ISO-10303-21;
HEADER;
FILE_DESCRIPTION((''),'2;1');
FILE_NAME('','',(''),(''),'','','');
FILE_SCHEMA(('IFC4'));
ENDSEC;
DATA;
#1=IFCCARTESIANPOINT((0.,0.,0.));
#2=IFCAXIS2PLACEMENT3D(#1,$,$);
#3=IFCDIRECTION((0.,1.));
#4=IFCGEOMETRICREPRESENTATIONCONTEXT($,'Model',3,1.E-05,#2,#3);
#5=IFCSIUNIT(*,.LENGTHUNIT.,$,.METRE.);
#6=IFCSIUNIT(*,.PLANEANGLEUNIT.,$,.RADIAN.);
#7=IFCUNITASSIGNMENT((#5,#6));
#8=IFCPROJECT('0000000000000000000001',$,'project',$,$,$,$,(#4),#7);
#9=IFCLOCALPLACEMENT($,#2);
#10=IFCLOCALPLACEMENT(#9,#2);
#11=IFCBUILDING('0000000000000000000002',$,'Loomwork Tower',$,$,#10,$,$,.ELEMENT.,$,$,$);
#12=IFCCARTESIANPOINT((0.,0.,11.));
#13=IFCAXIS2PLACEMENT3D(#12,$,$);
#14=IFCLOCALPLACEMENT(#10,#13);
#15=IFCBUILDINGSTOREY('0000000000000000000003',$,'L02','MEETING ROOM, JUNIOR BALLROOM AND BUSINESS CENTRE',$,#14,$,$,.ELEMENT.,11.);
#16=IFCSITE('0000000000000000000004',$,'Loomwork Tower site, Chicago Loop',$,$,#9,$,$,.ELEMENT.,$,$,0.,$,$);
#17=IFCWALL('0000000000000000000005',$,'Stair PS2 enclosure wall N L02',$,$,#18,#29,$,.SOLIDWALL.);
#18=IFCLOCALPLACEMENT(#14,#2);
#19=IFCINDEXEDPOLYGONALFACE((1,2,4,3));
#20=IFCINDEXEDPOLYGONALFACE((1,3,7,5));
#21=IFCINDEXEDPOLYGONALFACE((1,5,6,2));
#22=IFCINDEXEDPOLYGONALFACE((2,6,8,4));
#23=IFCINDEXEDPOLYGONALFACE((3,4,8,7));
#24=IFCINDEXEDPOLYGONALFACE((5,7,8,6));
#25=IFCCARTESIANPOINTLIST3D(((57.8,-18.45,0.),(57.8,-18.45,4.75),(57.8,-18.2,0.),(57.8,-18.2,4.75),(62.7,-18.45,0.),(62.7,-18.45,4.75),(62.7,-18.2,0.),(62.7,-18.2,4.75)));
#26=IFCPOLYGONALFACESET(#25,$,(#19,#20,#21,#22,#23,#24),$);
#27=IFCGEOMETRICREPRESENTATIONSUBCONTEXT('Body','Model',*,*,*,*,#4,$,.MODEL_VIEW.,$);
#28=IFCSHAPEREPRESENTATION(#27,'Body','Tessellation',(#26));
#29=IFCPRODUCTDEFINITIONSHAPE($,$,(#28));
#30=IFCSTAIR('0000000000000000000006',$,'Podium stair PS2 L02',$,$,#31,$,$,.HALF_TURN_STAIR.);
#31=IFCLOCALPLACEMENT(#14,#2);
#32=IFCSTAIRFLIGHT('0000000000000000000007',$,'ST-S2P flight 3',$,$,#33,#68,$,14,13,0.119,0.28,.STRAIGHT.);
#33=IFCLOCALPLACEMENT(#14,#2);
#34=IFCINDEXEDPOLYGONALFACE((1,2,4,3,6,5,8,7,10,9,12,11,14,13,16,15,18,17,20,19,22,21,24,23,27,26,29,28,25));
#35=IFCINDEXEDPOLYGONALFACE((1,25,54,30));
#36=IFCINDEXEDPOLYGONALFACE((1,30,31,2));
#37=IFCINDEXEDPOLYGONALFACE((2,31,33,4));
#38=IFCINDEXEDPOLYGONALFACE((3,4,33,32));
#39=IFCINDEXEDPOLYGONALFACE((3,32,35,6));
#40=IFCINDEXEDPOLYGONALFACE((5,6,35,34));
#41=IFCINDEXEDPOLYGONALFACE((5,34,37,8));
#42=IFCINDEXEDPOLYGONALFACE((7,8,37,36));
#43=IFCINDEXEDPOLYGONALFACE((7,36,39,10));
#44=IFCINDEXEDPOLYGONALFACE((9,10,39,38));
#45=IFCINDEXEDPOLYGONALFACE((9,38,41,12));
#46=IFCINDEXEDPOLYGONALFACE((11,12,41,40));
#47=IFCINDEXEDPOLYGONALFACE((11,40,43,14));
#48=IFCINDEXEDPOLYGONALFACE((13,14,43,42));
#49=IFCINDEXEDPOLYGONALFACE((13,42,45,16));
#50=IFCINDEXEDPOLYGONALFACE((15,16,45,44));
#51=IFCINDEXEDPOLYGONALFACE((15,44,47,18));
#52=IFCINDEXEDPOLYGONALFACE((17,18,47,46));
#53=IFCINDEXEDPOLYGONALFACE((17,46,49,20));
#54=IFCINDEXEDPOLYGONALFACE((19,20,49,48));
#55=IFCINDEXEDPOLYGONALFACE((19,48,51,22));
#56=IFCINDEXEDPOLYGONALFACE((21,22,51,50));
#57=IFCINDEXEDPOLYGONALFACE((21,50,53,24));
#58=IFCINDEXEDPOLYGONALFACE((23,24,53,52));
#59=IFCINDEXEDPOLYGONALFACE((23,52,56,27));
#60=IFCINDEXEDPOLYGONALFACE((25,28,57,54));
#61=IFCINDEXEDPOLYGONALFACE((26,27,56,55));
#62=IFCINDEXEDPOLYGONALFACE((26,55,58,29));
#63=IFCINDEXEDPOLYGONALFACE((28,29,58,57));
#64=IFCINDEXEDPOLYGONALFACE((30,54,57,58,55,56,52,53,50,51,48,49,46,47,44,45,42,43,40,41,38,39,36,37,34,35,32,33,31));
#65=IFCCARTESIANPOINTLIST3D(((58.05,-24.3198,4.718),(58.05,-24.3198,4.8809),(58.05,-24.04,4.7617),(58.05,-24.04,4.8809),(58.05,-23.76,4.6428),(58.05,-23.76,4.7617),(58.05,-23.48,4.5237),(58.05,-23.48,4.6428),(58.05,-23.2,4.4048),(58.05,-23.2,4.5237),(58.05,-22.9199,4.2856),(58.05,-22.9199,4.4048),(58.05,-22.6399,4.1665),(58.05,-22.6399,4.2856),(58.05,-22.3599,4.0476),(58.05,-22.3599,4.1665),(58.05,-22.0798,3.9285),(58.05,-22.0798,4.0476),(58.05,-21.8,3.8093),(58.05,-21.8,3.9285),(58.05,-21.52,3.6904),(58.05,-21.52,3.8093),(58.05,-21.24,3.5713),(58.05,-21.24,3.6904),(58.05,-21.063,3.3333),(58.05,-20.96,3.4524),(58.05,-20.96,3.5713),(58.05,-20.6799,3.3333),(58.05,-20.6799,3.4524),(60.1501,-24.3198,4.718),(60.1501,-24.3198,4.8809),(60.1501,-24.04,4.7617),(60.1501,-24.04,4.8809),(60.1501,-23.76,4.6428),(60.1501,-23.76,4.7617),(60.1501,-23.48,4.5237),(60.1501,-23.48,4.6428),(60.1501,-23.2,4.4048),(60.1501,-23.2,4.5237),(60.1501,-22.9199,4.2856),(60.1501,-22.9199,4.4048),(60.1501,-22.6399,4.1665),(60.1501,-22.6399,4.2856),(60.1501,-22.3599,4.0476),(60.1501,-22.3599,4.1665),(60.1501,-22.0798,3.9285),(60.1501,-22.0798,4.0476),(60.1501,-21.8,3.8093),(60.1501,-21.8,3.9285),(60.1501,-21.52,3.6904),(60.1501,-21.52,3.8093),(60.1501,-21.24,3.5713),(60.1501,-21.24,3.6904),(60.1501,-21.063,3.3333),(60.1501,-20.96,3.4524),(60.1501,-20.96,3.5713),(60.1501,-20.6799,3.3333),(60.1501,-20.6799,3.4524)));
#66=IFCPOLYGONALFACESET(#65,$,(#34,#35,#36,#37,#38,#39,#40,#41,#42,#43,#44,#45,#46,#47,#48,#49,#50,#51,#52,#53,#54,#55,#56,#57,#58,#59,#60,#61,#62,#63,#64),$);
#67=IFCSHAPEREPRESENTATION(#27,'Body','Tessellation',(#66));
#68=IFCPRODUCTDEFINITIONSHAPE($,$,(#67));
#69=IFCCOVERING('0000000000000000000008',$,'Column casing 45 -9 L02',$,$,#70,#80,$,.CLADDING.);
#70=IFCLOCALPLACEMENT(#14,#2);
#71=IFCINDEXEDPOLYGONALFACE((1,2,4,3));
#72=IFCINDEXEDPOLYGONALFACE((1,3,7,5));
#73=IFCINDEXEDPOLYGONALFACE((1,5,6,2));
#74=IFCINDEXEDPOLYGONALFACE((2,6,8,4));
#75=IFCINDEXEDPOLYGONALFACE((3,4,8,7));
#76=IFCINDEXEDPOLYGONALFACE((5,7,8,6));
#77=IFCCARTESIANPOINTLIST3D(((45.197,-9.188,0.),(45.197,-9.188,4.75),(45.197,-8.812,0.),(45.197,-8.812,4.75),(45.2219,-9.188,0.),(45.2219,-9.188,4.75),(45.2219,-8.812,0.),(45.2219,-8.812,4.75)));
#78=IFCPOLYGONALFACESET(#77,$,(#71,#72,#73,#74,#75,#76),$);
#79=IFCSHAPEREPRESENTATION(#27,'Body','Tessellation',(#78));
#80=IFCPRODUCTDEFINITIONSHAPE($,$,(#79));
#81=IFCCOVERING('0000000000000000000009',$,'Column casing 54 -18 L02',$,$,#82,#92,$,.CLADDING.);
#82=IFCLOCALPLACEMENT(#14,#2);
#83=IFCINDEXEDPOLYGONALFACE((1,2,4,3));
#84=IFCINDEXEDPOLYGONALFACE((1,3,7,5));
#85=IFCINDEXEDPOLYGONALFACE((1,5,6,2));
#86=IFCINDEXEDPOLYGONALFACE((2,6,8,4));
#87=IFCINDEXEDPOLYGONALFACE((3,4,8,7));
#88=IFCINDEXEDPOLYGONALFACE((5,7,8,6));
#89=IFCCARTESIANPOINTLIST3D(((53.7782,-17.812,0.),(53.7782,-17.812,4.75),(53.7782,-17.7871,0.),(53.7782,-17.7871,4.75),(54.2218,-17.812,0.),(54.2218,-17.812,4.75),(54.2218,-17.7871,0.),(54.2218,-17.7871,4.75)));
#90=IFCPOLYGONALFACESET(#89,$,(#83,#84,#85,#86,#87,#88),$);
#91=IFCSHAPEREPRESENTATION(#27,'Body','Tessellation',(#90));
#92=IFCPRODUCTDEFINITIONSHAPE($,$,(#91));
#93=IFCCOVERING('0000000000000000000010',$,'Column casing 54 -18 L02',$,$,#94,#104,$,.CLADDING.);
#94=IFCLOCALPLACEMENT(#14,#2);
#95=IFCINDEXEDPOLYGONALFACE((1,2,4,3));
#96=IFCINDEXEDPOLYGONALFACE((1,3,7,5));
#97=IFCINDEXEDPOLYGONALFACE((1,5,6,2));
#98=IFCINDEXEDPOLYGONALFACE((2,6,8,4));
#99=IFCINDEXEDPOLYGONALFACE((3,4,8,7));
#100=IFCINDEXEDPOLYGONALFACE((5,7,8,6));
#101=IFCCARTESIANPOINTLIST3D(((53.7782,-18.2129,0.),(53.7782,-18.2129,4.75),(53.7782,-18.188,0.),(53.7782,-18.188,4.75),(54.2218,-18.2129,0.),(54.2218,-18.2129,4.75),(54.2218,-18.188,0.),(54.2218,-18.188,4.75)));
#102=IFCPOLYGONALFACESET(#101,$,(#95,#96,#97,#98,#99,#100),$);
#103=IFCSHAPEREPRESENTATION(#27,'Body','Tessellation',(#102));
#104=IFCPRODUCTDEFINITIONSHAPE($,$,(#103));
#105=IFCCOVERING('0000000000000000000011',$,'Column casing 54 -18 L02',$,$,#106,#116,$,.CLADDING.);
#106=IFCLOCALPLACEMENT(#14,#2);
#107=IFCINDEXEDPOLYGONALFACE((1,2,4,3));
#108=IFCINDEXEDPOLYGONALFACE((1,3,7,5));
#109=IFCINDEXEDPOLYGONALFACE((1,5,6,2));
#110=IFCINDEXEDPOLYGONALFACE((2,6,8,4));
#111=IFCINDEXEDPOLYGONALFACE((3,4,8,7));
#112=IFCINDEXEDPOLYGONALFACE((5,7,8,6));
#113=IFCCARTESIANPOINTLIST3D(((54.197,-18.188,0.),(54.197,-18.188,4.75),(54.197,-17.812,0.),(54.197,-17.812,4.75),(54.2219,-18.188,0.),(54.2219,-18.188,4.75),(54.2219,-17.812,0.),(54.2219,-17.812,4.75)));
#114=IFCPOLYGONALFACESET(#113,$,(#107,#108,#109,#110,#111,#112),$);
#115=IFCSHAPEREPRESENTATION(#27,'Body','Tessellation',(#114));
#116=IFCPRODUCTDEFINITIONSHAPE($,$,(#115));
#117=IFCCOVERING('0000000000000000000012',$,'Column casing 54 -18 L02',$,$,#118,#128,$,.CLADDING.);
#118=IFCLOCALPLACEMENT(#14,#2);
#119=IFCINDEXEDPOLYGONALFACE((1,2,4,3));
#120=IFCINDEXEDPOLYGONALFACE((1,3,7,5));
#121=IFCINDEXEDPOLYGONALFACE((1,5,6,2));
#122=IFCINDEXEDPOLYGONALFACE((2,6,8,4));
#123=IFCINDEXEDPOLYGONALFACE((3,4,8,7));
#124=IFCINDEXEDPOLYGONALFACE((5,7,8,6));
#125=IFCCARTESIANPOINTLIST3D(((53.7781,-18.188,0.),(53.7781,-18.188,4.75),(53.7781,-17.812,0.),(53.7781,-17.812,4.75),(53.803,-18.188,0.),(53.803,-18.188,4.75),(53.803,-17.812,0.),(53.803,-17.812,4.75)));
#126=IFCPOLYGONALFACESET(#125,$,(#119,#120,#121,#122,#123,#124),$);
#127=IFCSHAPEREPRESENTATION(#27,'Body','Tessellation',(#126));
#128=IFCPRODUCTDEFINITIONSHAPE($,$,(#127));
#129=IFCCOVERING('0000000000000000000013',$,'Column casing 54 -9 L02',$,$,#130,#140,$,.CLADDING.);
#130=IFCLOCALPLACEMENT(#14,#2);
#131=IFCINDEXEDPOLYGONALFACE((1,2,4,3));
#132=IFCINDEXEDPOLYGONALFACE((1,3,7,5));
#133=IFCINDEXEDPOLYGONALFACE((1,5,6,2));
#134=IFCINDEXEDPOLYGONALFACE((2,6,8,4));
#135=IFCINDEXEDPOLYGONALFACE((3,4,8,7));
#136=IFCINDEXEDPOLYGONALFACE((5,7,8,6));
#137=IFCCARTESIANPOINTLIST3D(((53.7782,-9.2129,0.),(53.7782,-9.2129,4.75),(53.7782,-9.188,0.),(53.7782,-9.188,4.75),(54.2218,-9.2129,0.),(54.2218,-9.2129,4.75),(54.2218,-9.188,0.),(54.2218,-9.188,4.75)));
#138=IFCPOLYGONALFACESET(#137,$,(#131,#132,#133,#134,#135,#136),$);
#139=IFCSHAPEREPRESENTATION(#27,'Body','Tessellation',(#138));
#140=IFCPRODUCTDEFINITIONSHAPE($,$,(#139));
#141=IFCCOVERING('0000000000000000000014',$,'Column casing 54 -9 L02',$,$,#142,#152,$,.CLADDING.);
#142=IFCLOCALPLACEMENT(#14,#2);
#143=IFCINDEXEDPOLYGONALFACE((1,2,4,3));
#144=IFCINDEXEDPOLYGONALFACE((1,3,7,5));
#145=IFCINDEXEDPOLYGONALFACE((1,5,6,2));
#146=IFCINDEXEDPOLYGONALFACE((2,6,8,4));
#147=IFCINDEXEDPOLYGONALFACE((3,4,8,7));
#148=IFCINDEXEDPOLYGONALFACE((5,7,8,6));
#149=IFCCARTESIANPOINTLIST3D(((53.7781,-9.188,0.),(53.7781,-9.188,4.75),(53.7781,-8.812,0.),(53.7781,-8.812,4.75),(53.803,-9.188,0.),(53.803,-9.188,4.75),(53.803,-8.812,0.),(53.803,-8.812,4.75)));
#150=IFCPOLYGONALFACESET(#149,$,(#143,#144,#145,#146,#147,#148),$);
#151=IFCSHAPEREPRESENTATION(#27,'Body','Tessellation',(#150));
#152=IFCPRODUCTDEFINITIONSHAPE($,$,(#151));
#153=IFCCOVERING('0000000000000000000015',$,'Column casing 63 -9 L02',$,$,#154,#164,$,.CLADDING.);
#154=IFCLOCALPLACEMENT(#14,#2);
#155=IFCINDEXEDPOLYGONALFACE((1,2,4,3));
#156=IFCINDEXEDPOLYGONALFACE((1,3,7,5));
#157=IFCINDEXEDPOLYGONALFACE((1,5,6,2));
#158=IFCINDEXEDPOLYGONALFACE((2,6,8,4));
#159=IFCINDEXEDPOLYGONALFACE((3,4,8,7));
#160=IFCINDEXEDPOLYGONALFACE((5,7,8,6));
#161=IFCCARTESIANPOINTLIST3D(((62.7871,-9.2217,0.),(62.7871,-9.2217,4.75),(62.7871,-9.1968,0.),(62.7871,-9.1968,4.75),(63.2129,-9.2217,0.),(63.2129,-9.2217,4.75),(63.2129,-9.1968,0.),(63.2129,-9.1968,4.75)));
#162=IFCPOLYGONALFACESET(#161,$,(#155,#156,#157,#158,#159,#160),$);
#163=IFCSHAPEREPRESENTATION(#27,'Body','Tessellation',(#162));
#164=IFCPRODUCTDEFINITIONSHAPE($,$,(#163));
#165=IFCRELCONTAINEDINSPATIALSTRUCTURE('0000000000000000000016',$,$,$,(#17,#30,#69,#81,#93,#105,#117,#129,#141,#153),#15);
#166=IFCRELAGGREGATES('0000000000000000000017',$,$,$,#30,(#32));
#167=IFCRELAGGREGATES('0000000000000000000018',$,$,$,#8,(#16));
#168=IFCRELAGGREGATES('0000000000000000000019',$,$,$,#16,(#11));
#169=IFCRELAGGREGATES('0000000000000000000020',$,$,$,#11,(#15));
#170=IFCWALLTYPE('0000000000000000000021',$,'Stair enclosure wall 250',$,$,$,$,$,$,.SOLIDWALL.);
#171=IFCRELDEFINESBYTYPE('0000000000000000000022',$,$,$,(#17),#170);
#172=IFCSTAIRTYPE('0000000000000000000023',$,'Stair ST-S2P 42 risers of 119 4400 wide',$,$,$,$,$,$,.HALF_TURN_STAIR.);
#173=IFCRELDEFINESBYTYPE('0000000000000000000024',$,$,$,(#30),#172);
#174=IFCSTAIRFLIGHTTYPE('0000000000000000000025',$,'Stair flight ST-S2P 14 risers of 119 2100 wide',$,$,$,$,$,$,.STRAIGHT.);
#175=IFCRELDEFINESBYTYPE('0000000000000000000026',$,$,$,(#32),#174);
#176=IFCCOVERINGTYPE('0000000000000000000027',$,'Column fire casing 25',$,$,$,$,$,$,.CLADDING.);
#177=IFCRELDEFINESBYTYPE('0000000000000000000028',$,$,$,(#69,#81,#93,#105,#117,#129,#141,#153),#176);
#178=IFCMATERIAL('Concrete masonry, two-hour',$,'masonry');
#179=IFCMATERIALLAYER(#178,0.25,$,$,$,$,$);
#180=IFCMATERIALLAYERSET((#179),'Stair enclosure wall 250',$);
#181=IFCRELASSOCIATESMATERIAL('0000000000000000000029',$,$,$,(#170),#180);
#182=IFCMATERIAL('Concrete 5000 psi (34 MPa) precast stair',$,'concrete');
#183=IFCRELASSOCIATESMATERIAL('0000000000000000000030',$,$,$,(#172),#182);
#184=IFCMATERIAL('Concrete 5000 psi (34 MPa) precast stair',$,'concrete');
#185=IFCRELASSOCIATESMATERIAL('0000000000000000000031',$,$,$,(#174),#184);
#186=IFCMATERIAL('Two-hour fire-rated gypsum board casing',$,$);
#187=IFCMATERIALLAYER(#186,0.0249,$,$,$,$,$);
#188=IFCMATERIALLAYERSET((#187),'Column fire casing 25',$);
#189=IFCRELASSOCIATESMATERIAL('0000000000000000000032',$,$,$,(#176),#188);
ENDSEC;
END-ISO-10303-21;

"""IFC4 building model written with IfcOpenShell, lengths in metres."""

from ifc_helpers import new_model, si_unit, direction, frame, frame_2d, origin, origin_2d, place, context, subcontext, project, spatial, polyline, rectangle, outline, extrude, material, layer, layer_set, type_object, element, aggregate, save


model = new_model("IFC4")

# Units and contexts
model_context = context("Model", 3, precision=1e-05, world=origin(), true_north=direction((0.0, 1.0)))
body_context = subcontext(model_context, "Body", "Model", "MODEL_VIEW")
ifc_project = project(units=[si_unit("LENGTHUNIT", "METRE"), si_unit("PLANEANGLEUNIT", "RADIAN")], contexts=[model_context])

# Site, building, storey
site_placement = place(None, origin())
site = spatial("IfcSite", under=ifc_project, at=site_placement, Name="Loomwork Tower site, Chicago Loop", CompositionType="ELEMENT", RefElevation=0.0)
building_placement = place(site_placement, origin())
building = spatial("IfcBuilding", under=site, at=building_placement, Name="Loomwork Tower", CompositionType="ELEMENT")
storey_placement = place(building_placement, frame((0.0, 0.0, 11.0)))
storey = spatial("IfcBuildingStorey", under=building, at=storey_placement, Name="L02", Description="MEETING ROOM, JUNIOR BALLROOM AND BUSINESS CENTRE", CompositionType="ELEMENT", Elevation=11.0)

# Wall
ifc_material_1 = material(Name="Concrete masonry, two-hour", Category="masonry")
ifc_layer_1 = layer(ifc_material_1, 0.25)
ifc_layer_set_1 = layer_set([ifc_layer_1], Name="Stair enclosure wall 250")
wall_type_1 = type_object("IfcWallType", Name="Stair enclosure wall 250", PredefinedType="SOLIDWALL", material=ifc_layer_set_1)
wall_1_placement = place(storey_placement, frame((57.8, -18.325, 0.0), z_axis=(0.0, 0.0, 1.0), x_axis=(1.0, 0.0, 0.0)))
element("IfcWall", 1, at=wall_1_placement, inside=storey, type_object=wall_type_1, Name="Stair PS2 enclosure wall N L02", PredefinedType="SOLIDWALL", context=body_context, shape_type="SweptSolid", body=[
    extrude(rectangle(XDim=4.8999, YDim=0.25, at=frame_2d((2.45, 0.0))), origin(), (0.0, 0.0, 1.0), 4.75),
])

# Stair, stair flight
ifc_material_2 = material(Name="Concrete 5000 psi (34 MPa) precast stair", Category="concrete")
stair_type = type_object("IfcStairType", Name="Stair ST-S2P 42 risers of 119 4400 wide", PredefinedType="HALF_TURN_STAIR", material=ifc_material_2)
stair_placement = place(storey_placement, origin())
stair = element("IfcStair", 2, at=stair_placement, inside=storey, type_object=stair_type, Name="Podium stair PS2 L02", PredefinedType="HALF_TURN_STAIR")
ifc_material_3 = material(Name="Concrete 5000 psi (34 MPa) precast stair", Category="concrete")
stair_flight_type = type_object("IfcStairFlightType", Name="Stair flight ST-S2P 14 risers of 119 2100 wide", PredefinedType="STRAIGHT", material=ifc_material_3)
stair_flight_placement = place(storey_placement, frame((59.1001, -20.6799, 3.3333), z_axis=(0.0, 0.0, 1.0), x_axis=(0.0, -1.0, 0.0)))
stair_flight = element("IfcStairFlight", 3, at=stair_flight_placement, type_object=stair_flight_type, Name="ST-S2P flight 3", NumberOfRisers=14, NumberOfTreads=13, PredefinedType="STRAIGHT", RiserHeight=0.119, TreadLength=0.28, context=body_context, shape_type="SweptSolid", body=[
    extrude(outline(polyline([(0.0, 0.0), (0.0, 0.1191), (0.28, 0.1191), (0.28, 0.238), (0.5601, 0.238), (0.5601, 0.3572), (0.8401, 0.3572), (0.8401, 0.4761), (1.1201, 0.4761), (1.1201, 0.5952), (1.3999, 0.5952), (1.3999, 0.7144), (1.6799, 0.7144), (1.6799, 0.8333), (1.96, 0.8333), (1.96, 0.9524), (2.24, 0.9524), (2.24, 1.0715), (2.52, 1.0715), (2.52, 1.1904), (2.8, 1.1904), (2.8, 1.3096), (3.0801, 1.3096), (3.0801, 1.4285), (3.3601, 1.4285), (3.3601, 1.5476), (3.6399, 1.5476), (3.6399, 1.6667), (3.6399, 1.3848), (0.3831, 0.0), (0.0, 0.0)])), frame((0.0, 1.05, 0.0), z_axis=(0.0, -1.0, 0.0), x_axis=(1.0, 0.0, 0.0)), (0.0, 0.0, 1.0), 2.1001),
])
aggregate(stair, [stair_flight])

# Coverings
ifc_material_4 = material(Name="Two-hour fire-rated gypsum board casing")
ifc_layer_2 = layer(ifc_material_4, 0.0249)
ifc_layer_set_2 = layer_set([ifc_layer_2], Name="Column fire casing 25")
covering_type = type_object("IfcCoveringType", Name="Column fire casing 25", PredefinedType="CLADDING", material=ifc_layer_set_2)
covering_1_placement = place(storey_placement, frame((45.2095, -9.0, 0.0), z_axis=(0.0, 0.0, 1.0), x_axis=(1.0, 0.0, 0.0)))
element("IfcCovering", 4, at=covering_1_placement, inside=storey, type_object=covering_type, Name="Column casing 45 -9 L02", PredefinedType="CLADDING", context=body_context, shape_type="SweptSolid", body=[
    extrude(rectangle(XDim=0.0249, YDim=0.376, at=origin_2d()), origin(), (0.0, 0.0, 1.0), 4.75),
])
for number, where, z_axis, x_axis, name in (
    (5, (54.0, -17.7996, 0.0), (0.0, 0.0, 1.0), (1.0, 0.0, 0.0), "Column casing 54 -18 L02"),
    (6, (54.0, -18.2004, 0.0), (0.0, 0.0, 1.0), (1.0, 0.0, 0.0), "Column casing 54 -18 L02"),
):
    element("IfcCovering", number, at=place(storey_placement, frame(where, z_axis=z_axis, x_axis=x_axis)), inside=storey, type_object=covering_type, Name=name, PredefinedType="CLADDING", context=body_context, shape_type="SweptSolid", body=[
        extrude(rectangle(XDim=0.4436, YDim=0.0249, at=origin_2d()), origin(), (0.0, 0.0, 1.0), 4.75),
    ])
for number, where, z_axis, x_axis, name in (
    (7, (54.2095, -18.0, 0.0), (0.0, 0.0, 1.0), (1.0, 0.0, 0.0), "Column casing 54 -18 L02"),
    (8, (53.7905, -18.0, 0.0), (0.0, 0.0, 1.0), (1.0, 0.0, 0.0), "Column casing 54 -18 L02"),
):
    element("IfcCovering", number, at=place(storey_placement, frame(where, z_axis=z_axis, x_axis=x_axis)), inside=storey, type_object=covering_type, Name=name, PredefinedType="CLADDING", context=body_context, shape_type="SweptSolid", body=[
        extrude(rectangle(XDim=0.0249, YDim=0.376, at=origin_2d()), origin(), (0.0, 0.0, 1.0), 4.75),
    ])
covering_2_placement = place(storey_placement, frame((54.0, -9.2004, 0.0), z_axis=(0.0, 0.0, 1.0), x_axis=(1.0, 0.0, 0.0)))
element("IfcCovering", 9, at=covering_2_placement, inside=storey, type_object=covering_type, Name="Column casing 54 -9 L02", PredefinedType="CLADDING", context=body_context, shape_type="SweptSolid", body=[
    extrude(rectangle(XDim=0.4436, YDim=0.0249, at=origin_2d()), origin(), (0.0, 0.0, 1.0), 4.75),
])
covering_3_placement = place(storey_placement, frame((53.7905, -9.0, 0.0), z_axis=(0.0, 0.0, 1.0), x_axis=(1.0, 0.0, 0.0)))
element("IfcCovering", 10, at=covering_3_placement, inside=storey, type_object=covering_type, Name="Column casing 54 -9 L02", PredefinedType="CLADDING", context=body_context, shape_type="SweptSolid", body=[
    extrude(rectangle(XDim=0.0249, YDim=0.376, at=origin_2d()), origin(), (0.0, 0.0, 1.0), 4.75),
])
covering_4_placement = place(storey_placement, frame((63.0, -9.2092, 0.0), z_axis=(0.0, 0.0, 1.0), x_axis=(1.0, 0.0, 0.0)))
element("IfcCovering", 11, at=covering_4_placement, inside=storey, type_object=covering_type, Name="Column casing 63 -9 L02", PredefinedType="CLADDING", context=body_context, shape_type="SweptSolid", body=[
    extrude(rectangle(XDim=0.4258, YDim=0.0249, at=origin_2d()), origin(), (0.0, 0.0, 1.0), 4.75),
])

save(model, "model.ifc")
